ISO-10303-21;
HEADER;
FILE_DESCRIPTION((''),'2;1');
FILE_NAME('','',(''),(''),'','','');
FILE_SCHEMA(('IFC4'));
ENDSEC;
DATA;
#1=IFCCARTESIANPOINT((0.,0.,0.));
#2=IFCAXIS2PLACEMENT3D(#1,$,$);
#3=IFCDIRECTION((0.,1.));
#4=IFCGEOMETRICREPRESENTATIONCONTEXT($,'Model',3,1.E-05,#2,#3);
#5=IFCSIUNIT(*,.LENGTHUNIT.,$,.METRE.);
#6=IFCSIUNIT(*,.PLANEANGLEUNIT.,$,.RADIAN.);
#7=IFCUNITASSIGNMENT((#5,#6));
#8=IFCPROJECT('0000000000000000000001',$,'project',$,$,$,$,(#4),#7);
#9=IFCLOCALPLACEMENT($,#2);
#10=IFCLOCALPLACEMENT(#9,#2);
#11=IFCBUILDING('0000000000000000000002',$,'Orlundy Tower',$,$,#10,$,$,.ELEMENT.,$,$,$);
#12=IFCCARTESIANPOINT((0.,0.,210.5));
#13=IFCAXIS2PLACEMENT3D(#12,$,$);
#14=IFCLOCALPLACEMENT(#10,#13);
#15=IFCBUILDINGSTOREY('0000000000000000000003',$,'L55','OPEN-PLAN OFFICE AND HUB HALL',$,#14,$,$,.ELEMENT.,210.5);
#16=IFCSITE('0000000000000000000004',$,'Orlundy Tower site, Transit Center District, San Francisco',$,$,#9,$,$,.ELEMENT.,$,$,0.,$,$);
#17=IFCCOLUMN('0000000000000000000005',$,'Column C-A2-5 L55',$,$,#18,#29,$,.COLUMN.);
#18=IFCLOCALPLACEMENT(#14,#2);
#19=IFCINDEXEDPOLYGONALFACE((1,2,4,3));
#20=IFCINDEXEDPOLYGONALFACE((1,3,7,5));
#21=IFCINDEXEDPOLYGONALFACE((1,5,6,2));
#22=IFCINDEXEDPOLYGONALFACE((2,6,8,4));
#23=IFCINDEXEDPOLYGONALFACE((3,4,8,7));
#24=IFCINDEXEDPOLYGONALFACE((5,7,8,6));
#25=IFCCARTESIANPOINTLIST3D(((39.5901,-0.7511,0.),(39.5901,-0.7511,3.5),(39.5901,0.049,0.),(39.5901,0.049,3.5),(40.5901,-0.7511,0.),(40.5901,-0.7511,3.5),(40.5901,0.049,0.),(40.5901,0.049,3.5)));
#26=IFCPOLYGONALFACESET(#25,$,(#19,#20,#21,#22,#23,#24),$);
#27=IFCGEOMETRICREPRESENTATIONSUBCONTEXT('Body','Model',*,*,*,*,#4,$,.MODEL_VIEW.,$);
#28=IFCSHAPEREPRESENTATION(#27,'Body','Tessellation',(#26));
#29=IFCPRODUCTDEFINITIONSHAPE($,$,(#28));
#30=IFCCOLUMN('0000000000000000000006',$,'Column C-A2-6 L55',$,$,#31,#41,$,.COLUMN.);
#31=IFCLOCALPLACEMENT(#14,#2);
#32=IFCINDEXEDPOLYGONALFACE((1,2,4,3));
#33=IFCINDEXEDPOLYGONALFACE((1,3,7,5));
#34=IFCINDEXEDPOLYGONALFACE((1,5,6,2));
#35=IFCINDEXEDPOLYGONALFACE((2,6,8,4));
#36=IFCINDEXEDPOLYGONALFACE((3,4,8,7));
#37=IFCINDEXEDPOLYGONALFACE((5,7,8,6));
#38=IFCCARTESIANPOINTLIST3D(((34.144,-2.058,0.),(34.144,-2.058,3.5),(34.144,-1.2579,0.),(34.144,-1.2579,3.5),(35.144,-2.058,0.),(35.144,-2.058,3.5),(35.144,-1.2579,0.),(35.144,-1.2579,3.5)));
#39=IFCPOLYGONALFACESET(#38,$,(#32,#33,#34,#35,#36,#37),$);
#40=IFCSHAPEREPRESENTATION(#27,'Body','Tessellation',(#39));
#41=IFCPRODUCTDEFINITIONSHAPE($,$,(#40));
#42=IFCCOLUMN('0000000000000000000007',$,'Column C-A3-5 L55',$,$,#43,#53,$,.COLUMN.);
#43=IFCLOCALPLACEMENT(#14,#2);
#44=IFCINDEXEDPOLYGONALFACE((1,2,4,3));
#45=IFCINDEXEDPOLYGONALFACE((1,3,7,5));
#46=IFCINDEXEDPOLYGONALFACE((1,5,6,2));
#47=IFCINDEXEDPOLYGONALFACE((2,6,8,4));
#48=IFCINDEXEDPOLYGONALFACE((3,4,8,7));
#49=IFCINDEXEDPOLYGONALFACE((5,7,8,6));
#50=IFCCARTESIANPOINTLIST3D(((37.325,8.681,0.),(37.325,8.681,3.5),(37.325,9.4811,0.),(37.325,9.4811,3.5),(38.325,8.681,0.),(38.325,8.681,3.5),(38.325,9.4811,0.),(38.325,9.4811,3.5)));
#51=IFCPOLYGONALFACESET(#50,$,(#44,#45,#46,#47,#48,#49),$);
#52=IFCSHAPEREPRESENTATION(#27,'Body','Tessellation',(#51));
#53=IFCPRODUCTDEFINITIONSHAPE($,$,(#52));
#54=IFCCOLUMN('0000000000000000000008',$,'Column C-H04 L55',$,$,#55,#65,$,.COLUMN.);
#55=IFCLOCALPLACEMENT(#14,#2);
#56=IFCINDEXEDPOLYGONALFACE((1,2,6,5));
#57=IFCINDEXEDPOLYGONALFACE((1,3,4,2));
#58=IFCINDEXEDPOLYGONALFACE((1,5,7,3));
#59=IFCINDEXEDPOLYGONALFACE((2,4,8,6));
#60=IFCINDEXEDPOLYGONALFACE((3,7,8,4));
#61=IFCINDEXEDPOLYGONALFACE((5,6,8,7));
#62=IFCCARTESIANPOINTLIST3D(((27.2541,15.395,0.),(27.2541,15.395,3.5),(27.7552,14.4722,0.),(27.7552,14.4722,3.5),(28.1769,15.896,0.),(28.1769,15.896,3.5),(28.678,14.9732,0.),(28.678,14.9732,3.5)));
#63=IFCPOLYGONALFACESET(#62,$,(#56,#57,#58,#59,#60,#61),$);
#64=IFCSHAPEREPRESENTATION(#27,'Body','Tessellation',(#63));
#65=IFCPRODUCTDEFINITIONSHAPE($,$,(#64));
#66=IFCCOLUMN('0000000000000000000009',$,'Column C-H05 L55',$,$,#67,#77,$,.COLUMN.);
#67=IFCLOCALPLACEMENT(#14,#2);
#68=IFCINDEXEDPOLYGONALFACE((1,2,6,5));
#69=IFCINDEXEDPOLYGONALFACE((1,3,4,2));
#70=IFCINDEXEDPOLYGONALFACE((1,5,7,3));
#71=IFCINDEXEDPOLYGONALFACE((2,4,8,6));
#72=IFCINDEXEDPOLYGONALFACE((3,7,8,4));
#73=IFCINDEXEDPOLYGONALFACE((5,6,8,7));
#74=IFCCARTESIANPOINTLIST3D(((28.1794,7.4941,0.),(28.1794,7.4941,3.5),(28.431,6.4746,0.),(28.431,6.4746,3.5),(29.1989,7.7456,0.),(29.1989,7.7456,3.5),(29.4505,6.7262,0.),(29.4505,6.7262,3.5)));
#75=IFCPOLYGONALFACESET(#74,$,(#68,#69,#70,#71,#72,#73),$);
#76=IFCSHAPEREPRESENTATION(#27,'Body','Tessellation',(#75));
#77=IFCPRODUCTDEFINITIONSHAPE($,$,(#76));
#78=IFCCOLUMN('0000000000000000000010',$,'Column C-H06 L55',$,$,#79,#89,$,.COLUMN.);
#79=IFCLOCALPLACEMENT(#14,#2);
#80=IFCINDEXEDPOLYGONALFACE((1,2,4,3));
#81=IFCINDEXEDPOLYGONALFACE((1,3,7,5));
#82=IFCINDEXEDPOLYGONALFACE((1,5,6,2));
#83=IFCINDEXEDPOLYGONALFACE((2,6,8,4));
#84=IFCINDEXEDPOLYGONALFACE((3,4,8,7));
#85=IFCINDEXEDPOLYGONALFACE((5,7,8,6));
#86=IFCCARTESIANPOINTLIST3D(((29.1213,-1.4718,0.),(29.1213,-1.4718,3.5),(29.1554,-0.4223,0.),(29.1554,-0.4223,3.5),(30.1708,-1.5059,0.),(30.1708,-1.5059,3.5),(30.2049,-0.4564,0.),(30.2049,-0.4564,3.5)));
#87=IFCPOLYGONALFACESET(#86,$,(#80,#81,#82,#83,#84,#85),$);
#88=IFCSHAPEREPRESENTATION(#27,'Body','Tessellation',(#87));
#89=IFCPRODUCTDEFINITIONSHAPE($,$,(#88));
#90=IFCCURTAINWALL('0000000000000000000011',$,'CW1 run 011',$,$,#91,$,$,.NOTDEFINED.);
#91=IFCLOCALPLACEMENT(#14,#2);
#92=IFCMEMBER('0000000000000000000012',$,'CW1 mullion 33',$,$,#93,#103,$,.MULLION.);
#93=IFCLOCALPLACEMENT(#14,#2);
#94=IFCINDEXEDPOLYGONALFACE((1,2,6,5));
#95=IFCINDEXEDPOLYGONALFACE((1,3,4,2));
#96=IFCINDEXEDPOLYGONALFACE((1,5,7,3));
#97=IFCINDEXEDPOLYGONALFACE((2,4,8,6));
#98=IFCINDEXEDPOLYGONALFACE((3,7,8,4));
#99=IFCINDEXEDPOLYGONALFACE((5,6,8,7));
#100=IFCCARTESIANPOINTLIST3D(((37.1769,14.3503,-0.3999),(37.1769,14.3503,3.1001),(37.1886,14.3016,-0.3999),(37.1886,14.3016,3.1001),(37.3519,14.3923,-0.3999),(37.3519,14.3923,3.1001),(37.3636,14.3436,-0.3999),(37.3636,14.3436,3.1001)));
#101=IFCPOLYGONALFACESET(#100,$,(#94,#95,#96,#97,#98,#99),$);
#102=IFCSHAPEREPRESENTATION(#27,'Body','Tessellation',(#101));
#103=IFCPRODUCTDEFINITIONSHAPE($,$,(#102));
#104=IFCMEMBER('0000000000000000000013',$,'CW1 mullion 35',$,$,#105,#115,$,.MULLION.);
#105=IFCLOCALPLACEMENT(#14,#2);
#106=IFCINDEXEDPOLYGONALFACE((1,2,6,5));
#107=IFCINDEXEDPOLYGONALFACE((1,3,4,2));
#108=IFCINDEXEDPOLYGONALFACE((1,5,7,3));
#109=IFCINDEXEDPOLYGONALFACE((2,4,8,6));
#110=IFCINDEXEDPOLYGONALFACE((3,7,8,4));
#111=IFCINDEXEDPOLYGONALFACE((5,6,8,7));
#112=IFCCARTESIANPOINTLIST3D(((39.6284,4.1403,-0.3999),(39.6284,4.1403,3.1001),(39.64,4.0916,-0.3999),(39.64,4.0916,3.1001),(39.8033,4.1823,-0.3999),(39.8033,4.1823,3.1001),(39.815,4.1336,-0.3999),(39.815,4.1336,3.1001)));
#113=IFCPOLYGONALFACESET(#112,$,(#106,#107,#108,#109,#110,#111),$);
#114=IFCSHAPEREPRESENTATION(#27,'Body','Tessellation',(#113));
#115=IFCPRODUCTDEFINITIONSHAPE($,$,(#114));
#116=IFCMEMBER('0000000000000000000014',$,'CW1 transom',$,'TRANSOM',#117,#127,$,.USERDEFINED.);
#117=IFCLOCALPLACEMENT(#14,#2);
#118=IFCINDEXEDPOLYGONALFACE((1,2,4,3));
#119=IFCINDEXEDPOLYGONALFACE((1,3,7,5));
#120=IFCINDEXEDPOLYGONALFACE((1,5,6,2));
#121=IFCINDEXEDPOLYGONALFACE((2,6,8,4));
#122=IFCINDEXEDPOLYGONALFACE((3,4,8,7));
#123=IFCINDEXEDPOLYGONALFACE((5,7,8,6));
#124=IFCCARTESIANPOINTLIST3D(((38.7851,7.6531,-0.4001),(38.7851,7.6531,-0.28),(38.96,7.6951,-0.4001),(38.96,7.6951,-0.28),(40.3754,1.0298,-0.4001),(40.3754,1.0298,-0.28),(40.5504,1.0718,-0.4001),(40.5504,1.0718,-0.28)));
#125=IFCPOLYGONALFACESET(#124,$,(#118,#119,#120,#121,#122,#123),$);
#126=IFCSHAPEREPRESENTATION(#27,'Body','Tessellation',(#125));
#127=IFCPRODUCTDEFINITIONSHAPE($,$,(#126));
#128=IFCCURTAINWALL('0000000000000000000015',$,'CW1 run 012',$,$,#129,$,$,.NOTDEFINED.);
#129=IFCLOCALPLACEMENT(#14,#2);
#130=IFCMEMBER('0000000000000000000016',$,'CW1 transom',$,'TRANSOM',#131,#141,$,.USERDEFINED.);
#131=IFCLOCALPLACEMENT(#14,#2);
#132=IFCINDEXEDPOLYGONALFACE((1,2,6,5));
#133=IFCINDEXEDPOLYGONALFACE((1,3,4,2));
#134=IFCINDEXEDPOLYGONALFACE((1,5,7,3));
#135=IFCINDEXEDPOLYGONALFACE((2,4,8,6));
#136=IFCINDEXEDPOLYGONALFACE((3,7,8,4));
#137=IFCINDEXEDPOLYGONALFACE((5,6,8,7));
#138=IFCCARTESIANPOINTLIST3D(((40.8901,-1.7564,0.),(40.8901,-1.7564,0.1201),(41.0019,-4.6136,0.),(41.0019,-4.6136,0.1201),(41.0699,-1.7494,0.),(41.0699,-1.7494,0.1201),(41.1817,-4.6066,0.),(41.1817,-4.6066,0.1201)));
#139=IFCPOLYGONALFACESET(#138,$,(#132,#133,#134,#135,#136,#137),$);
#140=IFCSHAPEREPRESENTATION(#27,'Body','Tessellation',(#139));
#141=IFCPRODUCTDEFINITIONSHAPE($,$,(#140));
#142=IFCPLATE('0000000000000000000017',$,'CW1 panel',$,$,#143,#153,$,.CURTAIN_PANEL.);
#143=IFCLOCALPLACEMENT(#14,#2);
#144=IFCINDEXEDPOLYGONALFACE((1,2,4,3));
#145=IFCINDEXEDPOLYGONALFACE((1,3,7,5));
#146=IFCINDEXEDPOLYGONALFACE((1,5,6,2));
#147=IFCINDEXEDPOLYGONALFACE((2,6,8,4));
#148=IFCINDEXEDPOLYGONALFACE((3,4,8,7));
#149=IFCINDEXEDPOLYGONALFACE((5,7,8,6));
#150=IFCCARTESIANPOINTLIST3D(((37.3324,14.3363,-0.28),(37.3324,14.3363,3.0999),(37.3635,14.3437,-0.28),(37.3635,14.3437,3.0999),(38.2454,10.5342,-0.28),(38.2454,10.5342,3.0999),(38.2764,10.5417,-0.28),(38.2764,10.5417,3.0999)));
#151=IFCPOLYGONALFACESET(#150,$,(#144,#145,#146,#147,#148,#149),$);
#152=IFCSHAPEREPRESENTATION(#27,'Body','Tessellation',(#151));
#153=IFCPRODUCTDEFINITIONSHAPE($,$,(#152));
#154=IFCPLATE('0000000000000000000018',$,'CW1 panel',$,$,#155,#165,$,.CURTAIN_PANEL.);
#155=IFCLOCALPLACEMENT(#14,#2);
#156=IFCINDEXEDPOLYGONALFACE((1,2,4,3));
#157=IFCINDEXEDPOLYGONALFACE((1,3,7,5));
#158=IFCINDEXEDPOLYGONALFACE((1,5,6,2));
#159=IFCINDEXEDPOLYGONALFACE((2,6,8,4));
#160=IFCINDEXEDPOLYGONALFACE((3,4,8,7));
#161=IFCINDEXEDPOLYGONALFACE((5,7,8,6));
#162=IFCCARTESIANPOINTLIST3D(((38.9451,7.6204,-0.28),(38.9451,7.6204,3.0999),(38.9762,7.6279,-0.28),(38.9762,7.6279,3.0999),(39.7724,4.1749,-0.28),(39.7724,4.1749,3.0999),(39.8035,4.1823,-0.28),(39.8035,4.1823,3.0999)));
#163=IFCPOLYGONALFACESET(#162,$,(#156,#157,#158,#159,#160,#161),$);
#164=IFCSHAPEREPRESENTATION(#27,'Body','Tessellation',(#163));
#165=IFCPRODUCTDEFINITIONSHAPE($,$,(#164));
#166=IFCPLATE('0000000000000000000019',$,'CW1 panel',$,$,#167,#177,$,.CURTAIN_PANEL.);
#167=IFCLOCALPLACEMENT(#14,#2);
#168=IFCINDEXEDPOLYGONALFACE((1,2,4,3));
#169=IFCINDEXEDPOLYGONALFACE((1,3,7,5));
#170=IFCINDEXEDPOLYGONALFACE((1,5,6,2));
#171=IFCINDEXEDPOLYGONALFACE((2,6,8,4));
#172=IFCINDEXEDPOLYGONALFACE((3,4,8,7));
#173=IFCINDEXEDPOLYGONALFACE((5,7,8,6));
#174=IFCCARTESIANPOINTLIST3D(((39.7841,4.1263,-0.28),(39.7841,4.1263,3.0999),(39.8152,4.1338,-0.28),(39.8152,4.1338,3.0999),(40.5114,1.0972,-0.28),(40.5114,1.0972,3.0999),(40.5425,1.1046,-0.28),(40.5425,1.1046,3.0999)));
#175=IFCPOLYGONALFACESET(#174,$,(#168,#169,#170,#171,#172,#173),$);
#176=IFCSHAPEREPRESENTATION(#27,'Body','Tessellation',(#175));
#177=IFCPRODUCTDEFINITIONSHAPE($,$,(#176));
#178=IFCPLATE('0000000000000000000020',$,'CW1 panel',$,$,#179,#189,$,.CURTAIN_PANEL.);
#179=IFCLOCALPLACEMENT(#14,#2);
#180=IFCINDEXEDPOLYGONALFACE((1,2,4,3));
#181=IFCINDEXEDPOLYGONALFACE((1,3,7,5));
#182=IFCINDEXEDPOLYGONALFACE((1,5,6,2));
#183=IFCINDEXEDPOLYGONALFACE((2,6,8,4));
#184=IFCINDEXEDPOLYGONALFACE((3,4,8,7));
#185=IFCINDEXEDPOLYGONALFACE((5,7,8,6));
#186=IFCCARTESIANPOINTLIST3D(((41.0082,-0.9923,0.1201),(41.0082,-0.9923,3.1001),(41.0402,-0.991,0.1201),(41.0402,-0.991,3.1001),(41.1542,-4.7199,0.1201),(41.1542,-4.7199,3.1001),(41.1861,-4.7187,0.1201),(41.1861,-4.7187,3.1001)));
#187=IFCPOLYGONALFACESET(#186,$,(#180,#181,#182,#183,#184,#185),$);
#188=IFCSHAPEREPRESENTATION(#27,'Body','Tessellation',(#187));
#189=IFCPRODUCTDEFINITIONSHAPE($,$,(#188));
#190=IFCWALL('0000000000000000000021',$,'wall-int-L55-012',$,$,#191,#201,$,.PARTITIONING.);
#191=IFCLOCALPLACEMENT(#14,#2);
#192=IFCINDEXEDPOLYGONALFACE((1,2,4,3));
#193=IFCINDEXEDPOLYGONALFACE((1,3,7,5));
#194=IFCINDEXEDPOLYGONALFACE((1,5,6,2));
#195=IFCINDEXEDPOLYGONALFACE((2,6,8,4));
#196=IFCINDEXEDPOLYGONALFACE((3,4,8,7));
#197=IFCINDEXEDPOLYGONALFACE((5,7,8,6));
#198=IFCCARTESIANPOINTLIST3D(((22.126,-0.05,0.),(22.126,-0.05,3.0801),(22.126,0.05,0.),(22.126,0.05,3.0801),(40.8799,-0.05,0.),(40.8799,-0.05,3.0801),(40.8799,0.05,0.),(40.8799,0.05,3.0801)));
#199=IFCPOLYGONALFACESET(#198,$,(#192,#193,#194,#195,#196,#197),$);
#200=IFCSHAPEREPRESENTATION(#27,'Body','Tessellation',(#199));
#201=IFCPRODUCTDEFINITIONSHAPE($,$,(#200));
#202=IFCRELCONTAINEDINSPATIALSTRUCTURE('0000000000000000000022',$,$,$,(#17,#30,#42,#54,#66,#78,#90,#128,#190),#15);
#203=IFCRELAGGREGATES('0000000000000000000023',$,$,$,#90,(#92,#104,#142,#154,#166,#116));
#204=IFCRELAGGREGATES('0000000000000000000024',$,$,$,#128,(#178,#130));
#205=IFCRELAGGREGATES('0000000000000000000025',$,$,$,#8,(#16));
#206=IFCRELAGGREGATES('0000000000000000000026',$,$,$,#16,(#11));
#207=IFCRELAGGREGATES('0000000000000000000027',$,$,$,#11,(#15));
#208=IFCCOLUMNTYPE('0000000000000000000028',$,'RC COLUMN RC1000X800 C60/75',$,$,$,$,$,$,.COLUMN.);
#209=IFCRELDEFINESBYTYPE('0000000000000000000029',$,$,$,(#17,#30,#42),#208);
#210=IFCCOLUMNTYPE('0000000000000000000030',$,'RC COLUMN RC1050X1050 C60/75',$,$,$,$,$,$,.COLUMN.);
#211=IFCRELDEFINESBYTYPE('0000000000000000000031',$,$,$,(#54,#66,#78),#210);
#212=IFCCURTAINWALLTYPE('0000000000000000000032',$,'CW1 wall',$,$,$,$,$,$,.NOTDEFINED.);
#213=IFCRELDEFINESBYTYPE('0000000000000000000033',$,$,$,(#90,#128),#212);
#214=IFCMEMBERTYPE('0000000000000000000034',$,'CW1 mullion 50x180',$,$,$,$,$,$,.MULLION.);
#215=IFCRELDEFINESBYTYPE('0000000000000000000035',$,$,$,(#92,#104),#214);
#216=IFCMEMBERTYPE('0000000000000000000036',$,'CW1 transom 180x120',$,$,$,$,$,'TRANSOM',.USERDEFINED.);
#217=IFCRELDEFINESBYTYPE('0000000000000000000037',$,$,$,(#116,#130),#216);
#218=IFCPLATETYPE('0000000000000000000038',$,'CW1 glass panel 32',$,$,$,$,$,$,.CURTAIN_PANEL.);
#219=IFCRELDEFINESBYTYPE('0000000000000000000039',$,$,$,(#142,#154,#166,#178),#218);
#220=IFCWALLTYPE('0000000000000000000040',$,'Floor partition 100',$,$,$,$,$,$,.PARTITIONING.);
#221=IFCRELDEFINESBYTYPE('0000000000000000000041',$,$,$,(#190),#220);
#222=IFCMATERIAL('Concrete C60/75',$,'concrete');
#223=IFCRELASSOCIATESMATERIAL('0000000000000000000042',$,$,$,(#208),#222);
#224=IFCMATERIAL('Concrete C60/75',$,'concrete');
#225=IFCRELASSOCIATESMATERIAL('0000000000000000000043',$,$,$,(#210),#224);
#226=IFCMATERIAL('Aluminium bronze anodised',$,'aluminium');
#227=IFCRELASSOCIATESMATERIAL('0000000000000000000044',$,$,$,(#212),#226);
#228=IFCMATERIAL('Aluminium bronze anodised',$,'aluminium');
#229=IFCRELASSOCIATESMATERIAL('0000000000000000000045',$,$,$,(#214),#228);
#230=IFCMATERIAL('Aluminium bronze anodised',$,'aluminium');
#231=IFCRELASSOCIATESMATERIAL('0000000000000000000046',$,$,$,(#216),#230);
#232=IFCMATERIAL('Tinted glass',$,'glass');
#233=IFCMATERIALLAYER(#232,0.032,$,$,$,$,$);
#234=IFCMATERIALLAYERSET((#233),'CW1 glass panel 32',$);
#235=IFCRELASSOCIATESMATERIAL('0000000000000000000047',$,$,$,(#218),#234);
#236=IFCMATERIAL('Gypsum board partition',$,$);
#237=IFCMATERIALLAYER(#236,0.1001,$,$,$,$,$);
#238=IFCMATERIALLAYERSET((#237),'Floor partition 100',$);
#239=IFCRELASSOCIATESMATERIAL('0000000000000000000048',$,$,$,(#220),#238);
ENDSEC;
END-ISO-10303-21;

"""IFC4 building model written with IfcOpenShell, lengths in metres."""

from ifc_helpers import new_model, si_unit, direction, frame, frame_2d, origin, origin_2d, place, context, subcontext, project, spatial, rectangle, extrude, material, layer, layer_set, material_profile, profile_set, type_object, element, aggregate, save


model = new_model("IFC4")

# Units and contexts
model_context = context("Model", 3, precision=1e-05, world=origin(), true_north=direction((0.0, 1.0)))
body_context = subcontext(model_context, "Body", "Model", "MODEL_VIEW")
ifc_project = project(units=[si_unit("LENGTHUNIT", "METRE"), si_unit("PLANEANGLEUNIT", "RADIAN")], contexts=[model_context])

# Site, building, storey
site_placement = place(None, origin())
site = spatial("IfcSite", under=ifc_project, at=site_placement, Name="Orlundy Tower site, Transit Center District, San Francisco", CompositionType="ELEMENT", RefElevation=0.0)
building_placement = place(site_placement, origin())
building = spatial("IfcBuilding", under=site, at=building_placement, Name="Orlundy Tower", CompositionType="ELEMENT")
storey_placement = place(building_placement, frame((0.0, 0.0, 210.5)))
storey = spatial("IfcBuildingStorey", under=building, at=storey_placement, Name="L55", Description="OPEN-PLAN OFFICE AND HUB HALL", CompositionType="ELEMENT", Elevation=210.5)

# Columns
ifc_material_1 = material(Name="Concrete C60/75", Category="concrete")
ifc_material_profile_1 = material_profile(ifc_material_1, rectangle(XDim=1.0, YDim=0.8, at=origin_2d()), Name="RC1000X800")
ifc_profile_set_1 = profile_set([ifc_material_profile_1], Name="Concrete C60/75")
column_type_1 = type_object("IfcColumnType", Name="RC COLUMN RC1000X800 C60/75", PredefinedType="COLUMN", material=ifc_profile_set_1)
for number, where, z_axis, x_axis, name in (
    (1, (40.0901, -0.3511, 0.0), (0.0, 0.0, 1.0), (1.0, 0.0, 0.0), "Column C-A2-5 L55"),
    (2, (34.644, -1.658, 0.0), (0.0, 0.0, 1.0), (1.0, 0.0, 0.0), "Column C-A2-6 L55"),
    (3, (37.825, 9.0811, 0.0), (0.0, 0.0, 1.0), (1.0, 0.0, 0.0), "Column C-A3-5 L55"),
):
    element("IfcColumn", number, at=place(storey_placement, frame(where, z_axis=z_axis, x_axis=x_axis)), inside=storey, type_object=column_type_1, Name=name, PredefinedType="COLUMN", context=body_context, shape_type="SweptSolid", body=[
        extrude(rectangle(XDim=1.0, YDim=0.8, at=origin_2d()), origin(), (0.0, 0.0, 1.0), 3.5),
    ])
ifc_material_2 = material(Name="Concrete C60/75", Category="concrete")
ifc_material_profile_2 = material_profile(ifc_material_2, rectangle(XDim=1.05, YDim=1.05, at=origin_2d()), Name="RC1050X1050")
ifc_profile_set_2 = profile_set([ifc_material_profile_2], Name="Concrete C60/75")
column_type_2 = type_object("IfcColumnType", Name="RC COLUMN RC1050X1050 C60/75", PredefinedType="COLUMN", material=ifc_profile_set_2)
for number, where, z_axis, x_axis, name in (
    (4, (27.9661, 15.1841, 0.0), (0.0, 0.0, 1.0), (0.878817, 0.477159, 0.0), "Column C-H04 L55"),
    (5, (28.8149, 7.1101, 0.0), (0.0, 0.0, 1.0), (0.97088, 0.239567, 0.0), "Column C-H05 L55"),
    (6, (29.6631, -0.9641, 0.0), (0.0, 0.0, 1.0), (0.999473, -0.032475, 0.0), "Column C-H06 L55"),
):
    element("IfcColumn", number, at=place(storey_placement, frame(where, z_axis=z_axis, x_axis=x_axis)), inside=storey, type_object=column_type_2, Name=name, PredefinedType="COLUMN", context=body_context, shape_type="SweptSolid", body=[
        extrude(rectangle(XDim=1.05, YDim=1.05, at=origin_2d()), origin(), (0.0, 0.0, 1.0), 3.5),
    ])

# Curtain wall, members
ifc_material_3 = material(Name="Aluminium bronze anodised", Category="aluminium")
curtain_wall_type = type_object("IfcCurtainWallType", Name="CW1 wall", PredefinedType="NOTDEFINED", material=ifc_material_3)
curtain_wall_1_placement = place(storey_placement, origin())
curtain_wall_1 = element("IfcCurtainWall", 7, at=curtain_wall_1_placement, inside=storey, type_object=curtain_wall_type, Name="CW1 run 011", PredefinedType="NOTDEFINED")
ifc_material_4 = material(Name="Aluminium bronze anodised", Category="aluminium")
ifc_material_profile_3 = material_profile(ifc_material_4, rectangle(XDim=0.1799, YDim=0.05, at=origin_2d()), Name="CW1 mullion 50x180")
ifc_profile_set_3 = profile_set([ifc_material_profile_3], Name="Aluminium bronze anodised")
member_type_1 = type_object("IfcMemberType", Name="CW1 mullion 50x180", PredefinedType="MULLION", material=ifc_profile_set_3)
member_1_placement = place(storey_placement, frame((37.2703, 14.3469, -0.3999), z_axis=(0.0, 0.0, 1.0), x_axis=(0.972364, 0.233472, 0.0)))
member_1 = element("IfcMember", 8, at=member_1_placement, type_object=member_type_1, Name="CW1 mullion 33", PredefinedType="MULLION", context=body_context, shape_type="SweptSolid", body=[
    extrude(rectangle(XDim=0.1799, YDim=0.05, at=origin_2d()), origin(), (0.0, 0.0, 1.0), 3.5),
])
member_2_placement = place(storey_placement, frame((39.7217, 4.137, -0.3999), z_axis=(0.0, 0.0, 1.0), x_axis=(0.972364, 0.233472, 0.0)))
member_2 = element("IfcMember", 9, at=member_2_placement, type_object=member_type_1, Name="CW1 mullion 35", PredefinedType="MULLION", context=body_context, shape_type="SweptSolid", body=[
    extrude(rectangle(XDim=0.1799, YDim=0.05, at=origin_2d()), origin(), (0.0, 0.0, 1.0), 3.5),
])
ifc_material_5 = material(Name="Aluminium bronze anodised", Category="aluminium")
ifc_material_profile_4 = material_profile(ifc_material_5, rectangle(XDim=0.1799, YDim=0.1201, at=origin_2d()), Name="CW1 transom 180x120")
ifc_profile_set_4 = profile_set([ifc_material_profile_4], Name="Aluminium bronze anodised")
member_type_2 = type_object("IfcMemberType", Name="CW1 transom 180x120", ElementType="TRANSOM", PredefinedType="USERDEFINED", material=ifc_profile_set_4)
member_3_placement = place(storey_placement, frame((38.8726, 7.6741, -0.3401), z_axis=(0.233476, -0.972363, 0.0), x_axis=(0.972363, 0.233476, 0.0)))
member_3 = element("IfcMember", 10, at=member_3_placement, type_object=member_type_2, Name="CW1 transom", ObjectType="TRANSOM", PredefinedType="USERDEFINED", context=body_context, shape_type="SweptSolid", body=[
    extrude(rectangle(XDim=0.1799, YDim=0.1201, at=origin_2d()), origin(), (0.0, 0.0, 1.0), 6.8115),
])

# Curtain wall, member
curtain_wall_2_placement = place(storey_placement, origin())
curtain_wall_2 = element("IfcCurtainWall", 11, at=curtain_wall_2_placement, inside=storey, type_object=curtain_wall_type, Name="CW1 run 012", PredefinedType="NOTDEFINED")
member_4_placement = place(storey_placement, frame((40.98, -1.7529, 0.0601), z_axis=(0.039105, -0.999235, 0.0), x_axis=(0.999235, 0.039105, 0.0)))
member_4 = element("IfcMember", 12, at=member_4_placement, type_object=member_type_2, Name="CW1 transom", ObjectType="TRANSOM", PredefinedType="USERDEFINED", context=body_context, shape_type="SweptSolid", body=[
    extrude(rectangle(XDim=0.1799, YDim=0.1201, at=origin_2d()), origin(), (0.0, 0.0, 1.0), 2.8594),
])

# Plates
ifc_material_6 = material(Name="Tinted glass", Category="glass")
ifc_layer_1 = layer(ifc_material_6, 0.032)
ifc_layer_set_1 = layer_set([ifc_layer_1], Name="CW1 glass panel 32")
plate_type = type_object("IfcPlateType", Name="CW1 glass panel 32", PredefinedType="CURTAIN_PANEL", material=ifc_layer_set_1)
plate_1_placement = place(storey_placement, frame((37.8044, 12.439, -0.28), z_axis=(0.0, 0.0, 1.0), x_axis=(0.233472, -0.972364, 0.0)))
plate_1 = element("IfcPlate", 13, at=plate_1_placement, type_object=plate_type, Name="CW1 panel", PredefinedType="CURTAIN_PANEL", context=body_context, shape_type="SweptSolid", body=[
    extrude(rectangle(XDim=3.9102, YDim=0.032, at=origin_2d()), origin(), (0.0, 0.0, 1.0), 3.3799),
])
plate_2_placement = place(storey_placement, frame((39.3743, 5.9014, -0.28), z_axis=(0.0, 0.0, 1.0), x_axis=(0.233472, -0.972364, 0.0)))
plate_2 = element("IfcPlate", 14, at=plate_2_placement, type_object=plate_type, Name="CW1 panel", PredefinedType="CURTAIN_PANEL", context=body_context, shape_type="SweptSolid", body=[
    extrude(rectangle(XDim=3.5435, YDim=0.032, at=origin_2d()), origin(), (0.0, 0.0, 1.0), 3.3799),
])
plate_3_placement = place(storey_placement, frame((40.1633, 2.6155, -0.28), z_axis=(0.0, 0.0, 1.0), x_axis=(0.233472, -0.972364, 0.0)))
plate_3 = element("IfcPlate", 15, at=plate_3_placement, type_object=plate_type, Name="CW1 panel", PredefinedType="CURTAIN_PANEL", context=body_context, shape_type="SweptSolid", body=[
    extrude(rectangle(XDim=3.1152, YDim=0.032, at=origin_2d()), origin(), (0.0, 0.0, 1.0), 3.3799),
])
aggregate(curtain_wall_1, [member_1, member_2, plate_1, plate_2, plate_3, member_3])
plate_4_placement = place(storey_placement, frame((41.0972, -2.8555, 0.1201), z_axis=(0.0, 0.0, 1.0), x_axis=(0.039117, -0.999235, 0.0)))
plate_4 = element("IfcPlate", 16, at=plate_4_placement, type_object=plate_type, Name="CW1 panel", PredefinedType="CURTAIN_PANEL", context=body_context, shape_type="SweptSolid", body=[
    extrude(rectangle(XDim=3.7305, YDim=0.032, at=origin_2d()), origin(), (0.0, 0.0, 1.0), 2.98),
])
aggregate(curtain_wall_2, [plate_4, member_4])

# Wall
ifc_material_7 = material(Name="Gypsum board partition")
ifc_layer_2 = layer(ifc_material_7, 0.1001)
ifc_layer_set_2 = layer_set([ifc_layer_2], Name="Floor partition 100")
wall_type_1 = type_object("IfcWallType", Name="Floor partition 100", PredefinedType="PARTITIONING", material=ifc_layer_set_2)
wall_1_placement = place(storey_placement, frame((22.126, 0.0, 0.0), z_axis=(0.0, 0.0, 1.0), x_axis=(1.0, 0.0, 0.0)))
element("IfcWall", 17, at=wall_1_placement, inside=storey, type_object=wall_type_1, Name="wall-int-L55-012", PredefinedType="PARTITIONING", context=body_context, shape_type="SweptSolid", body=[
    extrude(rectangle(XDim=18.7539, YDim=0.1001, at=frame_2d((9.377, 0.0))), origin(), (0.0, 0.0, 1.0), 3.0801),
])

save(model, "model.ifc")
